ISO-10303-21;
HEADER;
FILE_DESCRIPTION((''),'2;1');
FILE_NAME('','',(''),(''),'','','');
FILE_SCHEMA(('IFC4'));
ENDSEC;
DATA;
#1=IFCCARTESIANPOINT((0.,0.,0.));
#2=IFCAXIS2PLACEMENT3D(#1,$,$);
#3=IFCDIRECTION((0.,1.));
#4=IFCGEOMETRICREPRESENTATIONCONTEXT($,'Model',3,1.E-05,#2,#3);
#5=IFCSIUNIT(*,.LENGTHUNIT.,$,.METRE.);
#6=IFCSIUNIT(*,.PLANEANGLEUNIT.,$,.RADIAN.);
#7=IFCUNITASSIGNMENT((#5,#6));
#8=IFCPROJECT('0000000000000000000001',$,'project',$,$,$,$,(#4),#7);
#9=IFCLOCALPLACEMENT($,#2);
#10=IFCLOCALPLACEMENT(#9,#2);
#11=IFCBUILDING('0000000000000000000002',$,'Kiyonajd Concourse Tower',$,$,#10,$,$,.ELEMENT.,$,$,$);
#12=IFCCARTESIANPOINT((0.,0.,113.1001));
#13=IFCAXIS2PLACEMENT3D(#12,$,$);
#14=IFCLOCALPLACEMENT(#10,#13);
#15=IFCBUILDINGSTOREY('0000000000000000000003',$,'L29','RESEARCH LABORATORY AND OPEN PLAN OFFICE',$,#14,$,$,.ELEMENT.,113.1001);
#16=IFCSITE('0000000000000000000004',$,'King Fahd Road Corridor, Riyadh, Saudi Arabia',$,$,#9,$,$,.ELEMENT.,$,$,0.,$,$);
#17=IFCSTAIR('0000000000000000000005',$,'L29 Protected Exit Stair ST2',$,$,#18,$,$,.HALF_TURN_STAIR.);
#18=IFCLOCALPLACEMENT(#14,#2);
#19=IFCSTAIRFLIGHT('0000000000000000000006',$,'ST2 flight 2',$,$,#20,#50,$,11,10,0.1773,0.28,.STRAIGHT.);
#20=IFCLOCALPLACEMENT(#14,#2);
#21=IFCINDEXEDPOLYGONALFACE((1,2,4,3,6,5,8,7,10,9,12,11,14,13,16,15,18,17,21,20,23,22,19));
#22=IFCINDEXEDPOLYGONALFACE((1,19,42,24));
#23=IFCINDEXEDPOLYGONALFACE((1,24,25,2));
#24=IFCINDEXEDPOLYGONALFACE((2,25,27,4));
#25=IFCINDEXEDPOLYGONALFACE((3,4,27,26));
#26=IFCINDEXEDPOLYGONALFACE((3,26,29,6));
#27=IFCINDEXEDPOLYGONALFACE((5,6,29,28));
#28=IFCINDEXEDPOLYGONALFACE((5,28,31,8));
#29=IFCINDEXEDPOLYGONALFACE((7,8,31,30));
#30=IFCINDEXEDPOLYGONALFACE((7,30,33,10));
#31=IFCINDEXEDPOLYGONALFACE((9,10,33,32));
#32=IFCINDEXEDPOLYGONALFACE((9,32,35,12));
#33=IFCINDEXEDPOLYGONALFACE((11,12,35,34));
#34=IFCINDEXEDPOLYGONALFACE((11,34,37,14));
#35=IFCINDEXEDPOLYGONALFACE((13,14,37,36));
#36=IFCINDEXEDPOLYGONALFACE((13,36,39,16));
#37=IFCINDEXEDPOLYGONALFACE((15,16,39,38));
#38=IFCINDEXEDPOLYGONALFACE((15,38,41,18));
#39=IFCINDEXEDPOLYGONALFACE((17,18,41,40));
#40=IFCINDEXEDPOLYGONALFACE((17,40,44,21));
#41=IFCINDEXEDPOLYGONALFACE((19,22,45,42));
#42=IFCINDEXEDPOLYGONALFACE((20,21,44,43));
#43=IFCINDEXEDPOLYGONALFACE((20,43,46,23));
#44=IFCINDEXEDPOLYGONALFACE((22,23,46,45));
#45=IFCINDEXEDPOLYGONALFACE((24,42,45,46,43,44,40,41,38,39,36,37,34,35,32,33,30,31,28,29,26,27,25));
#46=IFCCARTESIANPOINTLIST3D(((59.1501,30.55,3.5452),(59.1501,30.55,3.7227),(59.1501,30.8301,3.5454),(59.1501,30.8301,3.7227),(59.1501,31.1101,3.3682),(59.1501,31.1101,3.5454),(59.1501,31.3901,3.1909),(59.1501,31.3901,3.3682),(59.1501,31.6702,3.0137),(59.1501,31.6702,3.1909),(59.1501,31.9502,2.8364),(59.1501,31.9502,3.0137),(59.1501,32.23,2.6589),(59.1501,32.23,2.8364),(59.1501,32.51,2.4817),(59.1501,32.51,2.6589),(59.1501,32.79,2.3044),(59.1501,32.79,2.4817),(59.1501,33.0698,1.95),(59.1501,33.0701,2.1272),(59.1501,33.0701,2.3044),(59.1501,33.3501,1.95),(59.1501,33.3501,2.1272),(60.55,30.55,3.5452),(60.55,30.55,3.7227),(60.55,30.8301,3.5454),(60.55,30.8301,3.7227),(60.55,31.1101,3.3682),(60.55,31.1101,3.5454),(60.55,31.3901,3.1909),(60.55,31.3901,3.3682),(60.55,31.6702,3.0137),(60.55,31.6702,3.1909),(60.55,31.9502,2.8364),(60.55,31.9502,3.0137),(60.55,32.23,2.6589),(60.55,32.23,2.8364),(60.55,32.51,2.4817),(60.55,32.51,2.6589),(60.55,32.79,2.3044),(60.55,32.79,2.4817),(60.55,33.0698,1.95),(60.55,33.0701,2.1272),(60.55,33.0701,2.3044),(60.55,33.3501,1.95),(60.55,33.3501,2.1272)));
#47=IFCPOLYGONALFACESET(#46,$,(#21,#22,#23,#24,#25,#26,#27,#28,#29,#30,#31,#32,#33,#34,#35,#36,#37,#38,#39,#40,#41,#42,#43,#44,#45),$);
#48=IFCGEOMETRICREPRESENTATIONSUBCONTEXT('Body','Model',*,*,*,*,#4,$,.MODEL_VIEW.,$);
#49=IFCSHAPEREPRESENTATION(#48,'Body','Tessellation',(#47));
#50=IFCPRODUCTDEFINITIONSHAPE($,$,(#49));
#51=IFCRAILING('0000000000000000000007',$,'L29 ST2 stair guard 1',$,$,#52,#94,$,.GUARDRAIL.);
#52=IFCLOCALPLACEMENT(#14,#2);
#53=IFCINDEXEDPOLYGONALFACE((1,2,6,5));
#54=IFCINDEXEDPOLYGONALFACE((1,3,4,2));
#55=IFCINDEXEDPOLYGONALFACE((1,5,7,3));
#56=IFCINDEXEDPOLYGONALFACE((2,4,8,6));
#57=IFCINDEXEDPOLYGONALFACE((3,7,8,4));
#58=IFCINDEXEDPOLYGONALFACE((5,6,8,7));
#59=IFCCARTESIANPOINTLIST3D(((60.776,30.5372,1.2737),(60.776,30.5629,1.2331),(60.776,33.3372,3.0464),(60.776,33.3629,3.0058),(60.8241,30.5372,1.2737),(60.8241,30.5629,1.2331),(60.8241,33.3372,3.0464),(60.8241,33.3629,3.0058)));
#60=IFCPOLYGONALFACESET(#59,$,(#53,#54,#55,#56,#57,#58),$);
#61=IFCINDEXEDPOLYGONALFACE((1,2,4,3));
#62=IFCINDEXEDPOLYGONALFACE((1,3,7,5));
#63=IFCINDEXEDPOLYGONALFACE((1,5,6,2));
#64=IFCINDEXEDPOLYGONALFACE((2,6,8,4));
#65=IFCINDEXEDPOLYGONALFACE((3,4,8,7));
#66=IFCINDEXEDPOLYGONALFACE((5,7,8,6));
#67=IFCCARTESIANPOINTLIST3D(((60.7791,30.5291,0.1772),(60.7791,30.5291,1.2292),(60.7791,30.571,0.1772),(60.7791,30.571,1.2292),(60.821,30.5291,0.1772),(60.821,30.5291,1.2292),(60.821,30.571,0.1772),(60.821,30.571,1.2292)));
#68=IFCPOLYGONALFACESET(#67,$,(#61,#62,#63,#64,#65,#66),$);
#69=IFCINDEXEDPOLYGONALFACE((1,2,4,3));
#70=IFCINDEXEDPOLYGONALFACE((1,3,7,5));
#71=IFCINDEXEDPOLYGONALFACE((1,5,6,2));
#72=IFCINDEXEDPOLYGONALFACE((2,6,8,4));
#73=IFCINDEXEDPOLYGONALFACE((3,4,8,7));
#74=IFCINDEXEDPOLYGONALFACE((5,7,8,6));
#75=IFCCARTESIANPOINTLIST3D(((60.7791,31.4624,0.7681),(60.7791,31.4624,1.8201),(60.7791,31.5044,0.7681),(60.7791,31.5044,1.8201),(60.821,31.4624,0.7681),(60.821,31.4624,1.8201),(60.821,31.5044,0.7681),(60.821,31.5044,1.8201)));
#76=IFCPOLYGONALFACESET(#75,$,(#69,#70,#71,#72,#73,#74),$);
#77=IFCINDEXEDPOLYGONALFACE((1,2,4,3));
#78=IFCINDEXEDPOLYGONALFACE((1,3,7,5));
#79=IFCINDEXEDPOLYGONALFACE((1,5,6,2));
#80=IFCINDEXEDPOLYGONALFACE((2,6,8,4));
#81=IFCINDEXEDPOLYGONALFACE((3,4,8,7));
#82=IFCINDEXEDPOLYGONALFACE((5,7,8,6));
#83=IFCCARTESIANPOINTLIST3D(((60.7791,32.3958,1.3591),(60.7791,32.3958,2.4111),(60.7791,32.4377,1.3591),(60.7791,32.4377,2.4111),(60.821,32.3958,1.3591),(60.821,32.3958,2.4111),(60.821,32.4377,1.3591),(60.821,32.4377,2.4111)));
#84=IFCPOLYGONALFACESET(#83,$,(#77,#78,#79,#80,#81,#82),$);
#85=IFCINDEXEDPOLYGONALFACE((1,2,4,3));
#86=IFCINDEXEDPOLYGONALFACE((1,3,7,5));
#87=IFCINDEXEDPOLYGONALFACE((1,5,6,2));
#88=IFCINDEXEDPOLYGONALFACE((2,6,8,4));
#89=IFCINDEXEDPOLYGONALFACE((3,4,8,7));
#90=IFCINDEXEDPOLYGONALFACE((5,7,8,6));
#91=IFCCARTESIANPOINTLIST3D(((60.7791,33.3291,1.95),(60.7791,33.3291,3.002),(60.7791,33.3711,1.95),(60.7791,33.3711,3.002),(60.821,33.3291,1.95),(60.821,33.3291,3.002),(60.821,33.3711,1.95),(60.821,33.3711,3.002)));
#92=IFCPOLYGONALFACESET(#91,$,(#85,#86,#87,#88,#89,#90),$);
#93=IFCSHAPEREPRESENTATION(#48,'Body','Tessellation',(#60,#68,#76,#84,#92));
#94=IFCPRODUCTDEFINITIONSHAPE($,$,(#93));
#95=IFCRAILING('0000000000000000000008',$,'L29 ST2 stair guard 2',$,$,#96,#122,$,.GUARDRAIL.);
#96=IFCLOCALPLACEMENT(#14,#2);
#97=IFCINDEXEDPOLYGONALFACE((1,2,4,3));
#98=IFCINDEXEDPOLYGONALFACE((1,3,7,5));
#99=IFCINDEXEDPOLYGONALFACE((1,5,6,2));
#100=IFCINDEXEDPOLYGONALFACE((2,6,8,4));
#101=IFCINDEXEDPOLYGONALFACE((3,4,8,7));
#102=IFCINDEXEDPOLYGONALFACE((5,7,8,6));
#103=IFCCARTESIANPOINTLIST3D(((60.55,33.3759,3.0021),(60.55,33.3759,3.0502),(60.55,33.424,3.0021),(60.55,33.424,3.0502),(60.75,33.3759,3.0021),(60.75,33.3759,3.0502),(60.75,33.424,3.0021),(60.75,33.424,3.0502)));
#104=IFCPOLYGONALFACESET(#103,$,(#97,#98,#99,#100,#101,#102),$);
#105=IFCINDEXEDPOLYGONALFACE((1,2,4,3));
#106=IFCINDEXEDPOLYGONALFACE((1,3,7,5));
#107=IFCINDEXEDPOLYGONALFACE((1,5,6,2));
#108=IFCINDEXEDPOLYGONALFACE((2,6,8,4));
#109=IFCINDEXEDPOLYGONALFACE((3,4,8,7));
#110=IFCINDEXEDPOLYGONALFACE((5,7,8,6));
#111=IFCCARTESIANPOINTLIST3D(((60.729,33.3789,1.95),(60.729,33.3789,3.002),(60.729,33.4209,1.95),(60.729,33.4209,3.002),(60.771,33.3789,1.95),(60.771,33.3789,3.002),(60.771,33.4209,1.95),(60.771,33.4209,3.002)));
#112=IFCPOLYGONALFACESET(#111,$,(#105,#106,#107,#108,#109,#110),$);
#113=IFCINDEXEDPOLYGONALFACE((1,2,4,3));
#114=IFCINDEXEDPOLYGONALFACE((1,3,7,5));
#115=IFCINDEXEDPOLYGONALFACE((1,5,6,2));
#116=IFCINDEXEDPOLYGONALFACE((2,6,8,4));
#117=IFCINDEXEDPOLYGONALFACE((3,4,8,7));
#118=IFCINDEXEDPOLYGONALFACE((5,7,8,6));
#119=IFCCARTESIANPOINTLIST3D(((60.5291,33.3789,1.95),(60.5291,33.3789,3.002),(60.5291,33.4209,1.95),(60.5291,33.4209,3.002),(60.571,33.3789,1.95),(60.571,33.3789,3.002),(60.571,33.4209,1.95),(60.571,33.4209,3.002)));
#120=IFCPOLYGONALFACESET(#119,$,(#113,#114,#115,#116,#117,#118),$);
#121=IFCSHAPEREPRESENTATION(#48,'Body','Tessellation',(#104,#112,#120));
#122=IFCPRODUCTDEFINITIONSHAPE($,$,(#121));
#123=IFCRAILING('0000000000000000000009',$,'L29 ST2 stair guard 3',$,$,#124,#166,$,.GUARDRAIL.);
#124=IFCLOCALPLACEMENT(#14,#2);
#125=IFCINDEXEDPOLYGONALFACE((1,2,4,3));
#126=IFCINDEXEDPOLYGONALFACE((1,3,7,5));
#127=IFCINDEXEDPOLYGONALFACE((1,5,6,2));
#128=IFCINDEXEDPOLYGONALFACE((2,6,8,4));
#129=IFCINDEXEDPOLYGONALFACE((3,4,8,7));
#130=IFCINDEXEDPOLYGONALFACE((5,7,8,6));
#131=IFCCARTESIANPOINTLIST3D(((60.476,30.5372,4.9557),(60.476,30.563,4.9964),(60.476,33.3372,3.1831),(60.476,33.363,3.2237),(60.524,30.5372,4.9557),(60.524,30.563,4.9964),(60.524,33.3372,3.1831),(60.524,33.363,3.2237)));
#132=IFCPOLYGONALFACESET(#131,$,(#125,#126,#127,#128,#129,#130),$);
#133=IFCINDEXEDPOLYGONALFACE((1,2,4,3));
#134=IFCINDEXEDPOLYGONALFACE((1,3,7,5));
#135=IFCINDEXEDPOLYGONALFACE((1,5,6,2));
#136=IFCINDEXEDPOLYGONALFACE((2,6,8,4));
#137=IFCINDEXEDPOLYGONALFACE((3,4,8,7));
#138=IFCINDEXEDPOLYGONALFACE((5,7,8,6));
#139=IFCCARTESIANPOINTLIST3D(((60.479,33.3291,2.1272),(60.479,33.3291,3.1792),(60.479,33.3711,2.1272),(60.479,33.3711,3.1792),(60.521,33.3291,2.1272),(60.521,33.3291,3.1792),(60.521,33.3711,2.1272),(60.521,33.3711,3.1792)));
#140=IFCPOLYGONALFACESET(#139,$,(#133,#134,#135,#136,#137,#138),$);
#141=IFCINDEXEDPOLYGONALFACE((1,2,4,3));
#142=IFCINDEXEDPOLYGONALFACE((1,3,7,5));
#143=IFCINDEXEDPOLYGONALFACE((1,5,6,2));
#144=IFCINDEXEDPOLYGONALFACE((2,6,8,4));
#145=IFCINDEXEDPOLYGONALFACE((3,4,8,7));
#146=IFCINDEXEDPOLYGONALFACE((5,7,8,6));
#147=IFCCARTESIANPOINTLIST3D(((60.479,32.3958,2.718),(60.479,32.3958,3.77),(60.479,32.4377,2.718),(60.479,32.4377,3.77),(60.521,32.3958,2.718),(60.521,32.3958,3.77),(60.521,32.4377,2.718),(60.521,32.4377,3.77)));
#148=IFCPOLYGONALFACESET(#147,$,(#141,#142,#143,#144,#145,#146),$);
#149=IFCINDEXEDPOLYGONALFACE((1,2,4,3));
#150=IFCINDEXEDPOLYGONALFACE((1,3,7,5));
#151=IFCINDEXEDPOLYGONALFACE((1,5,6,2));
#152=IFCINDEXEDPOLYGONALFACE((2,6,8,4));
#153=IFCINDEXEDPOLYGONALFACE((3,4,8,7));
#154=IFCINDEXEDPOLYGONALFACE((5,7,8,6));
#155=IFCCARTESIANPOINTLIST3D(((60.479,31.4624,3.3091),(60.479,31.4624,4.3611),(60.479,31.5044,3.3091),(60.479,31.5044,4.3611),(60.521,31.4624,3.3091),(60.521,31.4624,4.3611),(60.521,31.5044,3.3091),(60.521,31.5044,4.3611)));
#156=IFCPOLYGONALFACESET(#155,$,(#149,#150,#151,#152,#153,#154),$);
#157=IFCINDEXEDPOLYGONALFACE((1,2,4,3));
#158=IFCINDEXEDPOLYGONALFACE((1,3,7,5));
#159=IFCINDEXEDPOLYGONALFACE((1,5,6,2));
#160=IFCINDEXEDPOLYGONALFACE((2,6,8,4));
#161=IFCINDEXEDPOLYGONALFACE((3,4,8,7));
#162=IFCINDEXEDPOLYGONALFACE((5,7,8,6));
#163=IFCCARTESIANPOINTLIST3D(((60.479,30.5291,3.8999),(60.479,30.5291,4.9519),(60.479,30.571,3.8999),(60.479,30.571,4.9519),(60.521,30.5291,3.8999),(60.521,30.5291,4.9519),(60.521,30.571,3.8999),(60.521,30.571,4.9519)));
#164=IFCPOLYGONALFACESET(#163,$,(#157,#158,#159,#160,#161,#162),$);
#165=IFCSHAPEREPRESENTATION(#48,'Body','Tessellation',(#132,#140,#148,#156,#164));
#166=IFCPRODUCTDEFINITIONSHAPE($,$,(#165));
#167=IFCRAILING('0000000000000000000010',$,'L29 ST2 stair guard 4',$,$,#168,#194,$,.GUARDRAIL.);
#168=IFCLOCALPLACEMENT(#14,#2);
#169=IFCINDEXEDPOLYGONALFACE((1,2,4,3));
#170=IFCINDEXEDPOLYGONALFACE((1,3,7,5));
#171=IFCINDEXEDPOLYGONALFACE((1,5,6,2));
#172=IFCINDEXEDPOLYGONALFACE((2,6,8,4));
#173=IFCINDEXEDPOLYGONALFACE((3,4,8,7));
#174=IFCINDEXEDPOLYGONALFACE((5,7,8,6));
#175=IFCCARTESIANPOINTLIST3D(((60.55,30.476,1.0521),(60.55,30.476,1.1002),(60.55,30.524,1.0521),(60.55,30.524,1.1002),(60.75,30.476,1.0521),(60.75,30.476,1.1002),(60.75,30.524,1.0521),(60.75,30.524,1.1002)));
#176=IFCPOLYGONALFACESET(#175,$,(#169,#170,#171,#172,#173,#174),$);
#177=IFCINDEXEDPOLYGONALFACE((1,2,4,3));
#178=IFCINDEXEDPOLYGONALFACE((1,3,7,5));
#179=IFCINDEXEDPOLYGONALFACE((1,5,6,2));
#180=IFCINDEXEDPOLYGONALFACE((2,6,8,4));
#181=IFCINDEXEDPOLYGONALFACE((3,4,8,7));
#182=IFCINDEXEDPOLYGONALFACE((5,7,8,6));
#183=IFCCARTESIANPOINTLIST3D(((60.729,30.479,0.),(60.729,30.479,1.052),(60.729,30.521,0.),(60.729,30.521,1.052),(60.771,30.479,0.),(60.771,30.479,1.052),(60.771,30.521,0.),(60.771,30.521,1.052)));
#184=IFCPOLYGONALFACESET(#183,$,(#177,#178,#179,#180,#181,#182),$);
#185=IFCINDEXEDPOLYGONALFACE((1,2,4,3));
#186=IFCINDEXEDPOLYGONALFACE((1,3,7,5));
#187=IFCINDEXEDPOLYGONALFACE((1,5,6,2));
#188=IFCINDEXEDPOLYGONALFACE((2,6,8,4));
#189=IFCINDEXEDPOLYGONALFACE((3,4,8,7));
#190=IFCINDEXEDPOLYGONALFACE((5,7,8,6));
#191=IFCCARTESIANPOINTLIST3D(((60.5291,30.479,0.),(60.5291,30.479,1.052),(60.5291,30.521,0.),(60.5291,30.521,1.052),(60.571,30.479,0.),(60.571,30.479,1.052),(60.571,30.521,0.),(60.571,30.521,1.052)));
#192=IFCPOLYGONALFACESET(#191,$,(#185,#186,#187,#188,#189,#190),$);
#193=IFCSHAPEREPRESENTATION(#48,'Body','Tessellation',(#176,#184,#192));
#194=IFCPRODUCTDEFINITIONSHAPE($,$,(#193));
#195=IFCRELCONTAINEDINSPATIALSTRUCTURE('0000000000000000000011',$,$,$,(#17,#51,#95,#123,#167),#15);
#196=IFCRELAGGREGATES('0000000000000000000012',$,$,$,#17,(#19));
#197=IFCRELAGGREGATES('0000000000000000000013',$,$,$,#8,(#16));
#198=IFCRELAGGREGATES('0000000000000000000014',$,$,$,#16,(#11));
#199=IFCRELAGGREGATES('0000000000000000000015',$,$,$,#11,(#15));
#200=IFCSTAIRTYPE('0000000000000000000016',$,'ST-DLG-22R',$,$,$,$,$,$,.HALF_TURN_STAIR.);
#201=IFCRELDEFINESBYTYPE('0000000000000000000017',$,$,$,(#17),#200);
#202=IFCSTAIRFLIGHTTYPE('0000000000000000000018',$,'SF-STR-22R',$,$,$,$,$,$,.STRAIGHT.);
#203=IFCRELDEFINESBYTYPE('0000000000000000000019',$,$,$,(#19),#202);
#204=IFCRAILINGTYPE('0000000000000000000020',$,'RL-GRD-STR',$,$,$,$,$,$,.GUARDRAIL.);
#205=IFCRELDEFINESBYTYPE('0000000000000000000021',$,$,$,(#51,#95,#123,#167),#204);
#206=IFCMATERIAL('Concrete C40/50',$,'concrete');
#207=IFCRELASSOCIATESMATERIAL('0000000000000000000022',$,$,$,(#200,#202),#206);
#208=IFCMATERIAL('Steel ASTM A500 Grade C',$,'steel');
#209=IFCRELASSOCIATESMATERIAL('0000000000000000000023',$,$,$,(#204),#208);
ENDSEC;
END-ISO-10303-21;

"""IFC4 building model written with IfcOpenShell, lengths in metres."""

from ifc_helpers import new_model, si_unit, direction, frame, origin, origin_2d, place, context, subcontext, project, spatial, polyline, rectangle, outline, extrude, material, type_object, element, aggregate, save


model = new_model("IFC4")

# Units and contexts
model_context = context("Model", 3, precision=1e-05, world=origin(), true_north=direction((0.0, 1.0)))
body_context = subcontext(model_context, "Body", "Model", "MODEL_VIEW")
ifc_project = project(units=[si_unit("LENGTHUNIT", "METRE"), si_unit("PLANEANGLEUNIT", "RADIAN")], contexts=[model_context])

# Site, building, storey
site_placement = place(None, origin())
site = spatial("IfcSite", under=ifc_project, at=site_placement, Name="King Fahd Road Corridor, Riyadh, Saudi Arabia", CompositionType="ELEMENT", RefElevation=0.0)
building_placement = place(site_placement, origin())
building = spatial("IfcBuilding", under=site, at=building_placement, Name="Kiyonajd Concourse Tower", CompositionType="ELEMENT")
storey_placement = place(building_placement, frame((0.0, 0.0, 113.1001)))
storey = spatial("IfcBuildingStorey", under=building, at=storey_placement, Name="L29", Description="RESEARCH LABORATORY AND OPEN PLAN OFFICE", CompositionType="ELEMENT", Elevation=113.1001)

# Stair, stair flight
ifc_material_1 = material(Name="Concrete C40/50", Category="concrete")
stair_type = type_object("IfcStairType", Name="ST-DLG-22R", PredefinedType="HALF_TURN_STAIR", material=ifc_material_1)
stair_placement = place(storey_placement, origin())
stair = element("IfcStair", 1, at=stair_placement, inside=storey, type_object=stair_type, Name="L29 Protected Exit Stair ST2", PredefinedType="HALF_TURN_STAIR")
stair_flight_type = type_object("IfcStairFlightType", Name="SF-STR-22R", PredefinedType="STRAIGHT", material=ifc_material_1)
stair_flight_1_placement = place(storey_placement, frame((59.8501, 33.3501, 1.95), z_axis=(0.0, 0.0, 1.0), x_axis=(0.0, -1.0, 0.0)))
stair_flight_1 = element("IfcStairFlight", 2, at=stair_flight_1_placement, type_object=stair_flight_type, Name="ST2 flight 2", NumberOfRisers=11, NumberOfTreads=10, PredefinedType="STRAIGHT", RiserHeight=0.1773, TreadLength=0.28, context=body_context, shape_type="SweptSolid", body=[
    extrude(outline(polyline([(0.0, 0.0), (0.0, 0.1772), (0.28, 0.1772), (0.28, 0.3545), (0.5601, 0.3545), (0.5601, 0.5317), (0.8401, 0.5317), (0.8401, 0.709), (1.1201, 0.709), (1.1201, 0.8865), (1.3999, 0.8865), (1.3999, 1.0637), (1.6799, 1.0637), (1.6799, 1.241), (1.96, 1.241), (1.96, 1.4182), (2.24, 1.4182), (2.24, 1.5955), (2.52, 1.5955), (2.52, 1.7727), (2.8, 1.7727), (2.8, 1.95), (2.8, 1.5952), (0.2803, 0.0), (0.0, 0.0)])), frame((0.0, 0.7, 0.0), z_axis=(0.0, -1.0, 0.0), x_axis=(1.0, 0.0, 0.0)), (0.0, 0.0, 1.0), 1.3999),
])
aggregate(stair, [stair_flight_1])

# Railings
ifc_material_2 = material(Name="Steel ASTM A500 Grade C", Category="steel")
railing_type_1 = type_object("IfcRailingType", Name="RL-GRD-STR", PredefinedType="GUARDRAIL", material=ifc_material_2)
railing_1_placement = place(storey_placement, frame((60.8, 30.55, 0.1772)))
element("IfcRailing", 3, at=railing_1_placement, inside=storey, type_object=railing_type_1, Name="L29 ST2 stair guard 1", PredefinedType="GUARDRAIL", context=body_context, shape_type="SweptSolid", body=[
    extrude(rectangle(XDim=0.0481, YDim=0.0481, at=origin_2d()), frame((0.0, 0.0, 1.0762), z_axis=(0.0, 0.844909, 0.53491), x_axis=(-1.0, 0.0, 0.0)), (0.0, 0.0, 1.0), 3.314),
    extrude(rectangle(XDim=0.042, YDim=0.042, at=origin_2d()), origin(), (0.0, 0.0, 1.0), 1.052),
    extrude(rectangle(XDim=0.042, YDim=0.042, at=origin_2d()), frame((0.0, 0.9333, 0.5908)), (0.0, 0.0, 1.0), 1.052),
    extrude(rectangle(XDim=0.042, YDim=0.042, at=origin_2d()), frame((0.0, 1.8667, 1.1819)), (0.0, 0.0, 1.0), 1.052),
    extrude(rectangle(XDim=0.042, YDim=0.042, at=origin_2d()), frame((0.0, 2.8, 1.7727)), (0.0, 0.0, 1.0), 1.052),
])
railing_2_placement = place(storey_placement, frame((60.75, 33.3999, 1.95)))
element("IfcRailing", 4, at=railing_2_placement, inside=storey, type_object=railing_type_1, Name="L29 ST2 stair guard 2", PredefinedType="GUARDRAIL", context=body_context, shape_type="SweptSolid", body=[
    extrude(rectangle(XDim=0.0481, YDim=0.0481, at=origin_2d()), frame((0.0, 0.0, 1.0762), z_axis=(-1.0, 0.0, 0.0), x_axis=(0.0, -1.0, 0.0)), (0.0, 0.0, 1.0), 0.2),
    extrude(rectangle(XDim=0.042, YDim=0.042, at=origin_2d()), origin(), (0.0, 0.0, 1.0), 1.052),
    extrude(rectangle(XDim=0.042, YDim=0.042, at=origin_2d()), frame((-0.2, 0.0, 0.0)), (0.0, 0.0, 1.0), 1.052),
])
railing_3_placement = place(storey_placement, frame((60.5, 33.3501, 2.1272)))
element("IfcRailing", 5, at=railing_3_placement, inside=storey, type_object=railing_type_1, Name="L29 ST2 stair guard 3", PredefinedType="GUARDRAIL", context=body_context, shape_type="SweptSolid", body=[
    extrude(rectangle(XDim=0.0481, YDim=0.0481, at=origin_2d()), frame((0.0, 0.0, 1.0762), z_axis=(0.0, -0.844909, 0.53491), x_axis=(1.0, 0.0, 0.0)), (0.0, 0.0, 1.0), 3.314),
    extrude(rectangle(XDim=0.042, YDim=0.042, at=origin_2d()), origin(), (0.0, 0.0, 1.0), 1.052),
    extrude(rectangle(XDim=0.042, YDim=0.042, at=origin_2d()), frame((0.0, -0.9333, 0.5908)), (0.0, 0.0, 1.0), 1.052),
    extrude(rectangle(XDim=0.042, YDim=0.042, at=origin_2d()), frame((0.0, -1.8667, 1.1819)), (0.0, 0.0, 1.0), 1.052),
    extrude(rectangle(XDim=0.042, YDim=0.042, at=origin_2d()), frame((0.0, -2.8, 1.7727)), (0.0, 0.0, 1.0), 1.052),
])
railing_4_placement = place(storey_placement, frame((60.75, 30.5, 0.0)))
element("IfcRailing", 6, at=railing_4_placement, inside=storey, type_object=railing_type_1, Name="L29 ST2 stair guard 4", PredefinedType="GUARDRAIL", context=body_context, shape_type="SweptSolid", body=[
    extrude(rectangle(XDim=0.0481, YDim=0.0481, at=origin_2d()), frame((0.0, 0.0, 1.0762), z_axis=(-1.0, 0.0, 0.0), x_axis=(0.0, -1.0, 0.0)), (0.0, 0.0, 1.0), 0.2),
    extrude(rectangle(XDim=0.042, YDim=0.042, at=origin_2d()), origin(), (0.0, 0.0, 1.0), 1.052),
    extrude(rectangle(XDim=0.042, YDim=0.042, at=origin_2d()), frame((-0.2, 0.0, 0.0)), (0.0, 0.0, 1.0), 1.052),
])

save(model, "model.ifc")
